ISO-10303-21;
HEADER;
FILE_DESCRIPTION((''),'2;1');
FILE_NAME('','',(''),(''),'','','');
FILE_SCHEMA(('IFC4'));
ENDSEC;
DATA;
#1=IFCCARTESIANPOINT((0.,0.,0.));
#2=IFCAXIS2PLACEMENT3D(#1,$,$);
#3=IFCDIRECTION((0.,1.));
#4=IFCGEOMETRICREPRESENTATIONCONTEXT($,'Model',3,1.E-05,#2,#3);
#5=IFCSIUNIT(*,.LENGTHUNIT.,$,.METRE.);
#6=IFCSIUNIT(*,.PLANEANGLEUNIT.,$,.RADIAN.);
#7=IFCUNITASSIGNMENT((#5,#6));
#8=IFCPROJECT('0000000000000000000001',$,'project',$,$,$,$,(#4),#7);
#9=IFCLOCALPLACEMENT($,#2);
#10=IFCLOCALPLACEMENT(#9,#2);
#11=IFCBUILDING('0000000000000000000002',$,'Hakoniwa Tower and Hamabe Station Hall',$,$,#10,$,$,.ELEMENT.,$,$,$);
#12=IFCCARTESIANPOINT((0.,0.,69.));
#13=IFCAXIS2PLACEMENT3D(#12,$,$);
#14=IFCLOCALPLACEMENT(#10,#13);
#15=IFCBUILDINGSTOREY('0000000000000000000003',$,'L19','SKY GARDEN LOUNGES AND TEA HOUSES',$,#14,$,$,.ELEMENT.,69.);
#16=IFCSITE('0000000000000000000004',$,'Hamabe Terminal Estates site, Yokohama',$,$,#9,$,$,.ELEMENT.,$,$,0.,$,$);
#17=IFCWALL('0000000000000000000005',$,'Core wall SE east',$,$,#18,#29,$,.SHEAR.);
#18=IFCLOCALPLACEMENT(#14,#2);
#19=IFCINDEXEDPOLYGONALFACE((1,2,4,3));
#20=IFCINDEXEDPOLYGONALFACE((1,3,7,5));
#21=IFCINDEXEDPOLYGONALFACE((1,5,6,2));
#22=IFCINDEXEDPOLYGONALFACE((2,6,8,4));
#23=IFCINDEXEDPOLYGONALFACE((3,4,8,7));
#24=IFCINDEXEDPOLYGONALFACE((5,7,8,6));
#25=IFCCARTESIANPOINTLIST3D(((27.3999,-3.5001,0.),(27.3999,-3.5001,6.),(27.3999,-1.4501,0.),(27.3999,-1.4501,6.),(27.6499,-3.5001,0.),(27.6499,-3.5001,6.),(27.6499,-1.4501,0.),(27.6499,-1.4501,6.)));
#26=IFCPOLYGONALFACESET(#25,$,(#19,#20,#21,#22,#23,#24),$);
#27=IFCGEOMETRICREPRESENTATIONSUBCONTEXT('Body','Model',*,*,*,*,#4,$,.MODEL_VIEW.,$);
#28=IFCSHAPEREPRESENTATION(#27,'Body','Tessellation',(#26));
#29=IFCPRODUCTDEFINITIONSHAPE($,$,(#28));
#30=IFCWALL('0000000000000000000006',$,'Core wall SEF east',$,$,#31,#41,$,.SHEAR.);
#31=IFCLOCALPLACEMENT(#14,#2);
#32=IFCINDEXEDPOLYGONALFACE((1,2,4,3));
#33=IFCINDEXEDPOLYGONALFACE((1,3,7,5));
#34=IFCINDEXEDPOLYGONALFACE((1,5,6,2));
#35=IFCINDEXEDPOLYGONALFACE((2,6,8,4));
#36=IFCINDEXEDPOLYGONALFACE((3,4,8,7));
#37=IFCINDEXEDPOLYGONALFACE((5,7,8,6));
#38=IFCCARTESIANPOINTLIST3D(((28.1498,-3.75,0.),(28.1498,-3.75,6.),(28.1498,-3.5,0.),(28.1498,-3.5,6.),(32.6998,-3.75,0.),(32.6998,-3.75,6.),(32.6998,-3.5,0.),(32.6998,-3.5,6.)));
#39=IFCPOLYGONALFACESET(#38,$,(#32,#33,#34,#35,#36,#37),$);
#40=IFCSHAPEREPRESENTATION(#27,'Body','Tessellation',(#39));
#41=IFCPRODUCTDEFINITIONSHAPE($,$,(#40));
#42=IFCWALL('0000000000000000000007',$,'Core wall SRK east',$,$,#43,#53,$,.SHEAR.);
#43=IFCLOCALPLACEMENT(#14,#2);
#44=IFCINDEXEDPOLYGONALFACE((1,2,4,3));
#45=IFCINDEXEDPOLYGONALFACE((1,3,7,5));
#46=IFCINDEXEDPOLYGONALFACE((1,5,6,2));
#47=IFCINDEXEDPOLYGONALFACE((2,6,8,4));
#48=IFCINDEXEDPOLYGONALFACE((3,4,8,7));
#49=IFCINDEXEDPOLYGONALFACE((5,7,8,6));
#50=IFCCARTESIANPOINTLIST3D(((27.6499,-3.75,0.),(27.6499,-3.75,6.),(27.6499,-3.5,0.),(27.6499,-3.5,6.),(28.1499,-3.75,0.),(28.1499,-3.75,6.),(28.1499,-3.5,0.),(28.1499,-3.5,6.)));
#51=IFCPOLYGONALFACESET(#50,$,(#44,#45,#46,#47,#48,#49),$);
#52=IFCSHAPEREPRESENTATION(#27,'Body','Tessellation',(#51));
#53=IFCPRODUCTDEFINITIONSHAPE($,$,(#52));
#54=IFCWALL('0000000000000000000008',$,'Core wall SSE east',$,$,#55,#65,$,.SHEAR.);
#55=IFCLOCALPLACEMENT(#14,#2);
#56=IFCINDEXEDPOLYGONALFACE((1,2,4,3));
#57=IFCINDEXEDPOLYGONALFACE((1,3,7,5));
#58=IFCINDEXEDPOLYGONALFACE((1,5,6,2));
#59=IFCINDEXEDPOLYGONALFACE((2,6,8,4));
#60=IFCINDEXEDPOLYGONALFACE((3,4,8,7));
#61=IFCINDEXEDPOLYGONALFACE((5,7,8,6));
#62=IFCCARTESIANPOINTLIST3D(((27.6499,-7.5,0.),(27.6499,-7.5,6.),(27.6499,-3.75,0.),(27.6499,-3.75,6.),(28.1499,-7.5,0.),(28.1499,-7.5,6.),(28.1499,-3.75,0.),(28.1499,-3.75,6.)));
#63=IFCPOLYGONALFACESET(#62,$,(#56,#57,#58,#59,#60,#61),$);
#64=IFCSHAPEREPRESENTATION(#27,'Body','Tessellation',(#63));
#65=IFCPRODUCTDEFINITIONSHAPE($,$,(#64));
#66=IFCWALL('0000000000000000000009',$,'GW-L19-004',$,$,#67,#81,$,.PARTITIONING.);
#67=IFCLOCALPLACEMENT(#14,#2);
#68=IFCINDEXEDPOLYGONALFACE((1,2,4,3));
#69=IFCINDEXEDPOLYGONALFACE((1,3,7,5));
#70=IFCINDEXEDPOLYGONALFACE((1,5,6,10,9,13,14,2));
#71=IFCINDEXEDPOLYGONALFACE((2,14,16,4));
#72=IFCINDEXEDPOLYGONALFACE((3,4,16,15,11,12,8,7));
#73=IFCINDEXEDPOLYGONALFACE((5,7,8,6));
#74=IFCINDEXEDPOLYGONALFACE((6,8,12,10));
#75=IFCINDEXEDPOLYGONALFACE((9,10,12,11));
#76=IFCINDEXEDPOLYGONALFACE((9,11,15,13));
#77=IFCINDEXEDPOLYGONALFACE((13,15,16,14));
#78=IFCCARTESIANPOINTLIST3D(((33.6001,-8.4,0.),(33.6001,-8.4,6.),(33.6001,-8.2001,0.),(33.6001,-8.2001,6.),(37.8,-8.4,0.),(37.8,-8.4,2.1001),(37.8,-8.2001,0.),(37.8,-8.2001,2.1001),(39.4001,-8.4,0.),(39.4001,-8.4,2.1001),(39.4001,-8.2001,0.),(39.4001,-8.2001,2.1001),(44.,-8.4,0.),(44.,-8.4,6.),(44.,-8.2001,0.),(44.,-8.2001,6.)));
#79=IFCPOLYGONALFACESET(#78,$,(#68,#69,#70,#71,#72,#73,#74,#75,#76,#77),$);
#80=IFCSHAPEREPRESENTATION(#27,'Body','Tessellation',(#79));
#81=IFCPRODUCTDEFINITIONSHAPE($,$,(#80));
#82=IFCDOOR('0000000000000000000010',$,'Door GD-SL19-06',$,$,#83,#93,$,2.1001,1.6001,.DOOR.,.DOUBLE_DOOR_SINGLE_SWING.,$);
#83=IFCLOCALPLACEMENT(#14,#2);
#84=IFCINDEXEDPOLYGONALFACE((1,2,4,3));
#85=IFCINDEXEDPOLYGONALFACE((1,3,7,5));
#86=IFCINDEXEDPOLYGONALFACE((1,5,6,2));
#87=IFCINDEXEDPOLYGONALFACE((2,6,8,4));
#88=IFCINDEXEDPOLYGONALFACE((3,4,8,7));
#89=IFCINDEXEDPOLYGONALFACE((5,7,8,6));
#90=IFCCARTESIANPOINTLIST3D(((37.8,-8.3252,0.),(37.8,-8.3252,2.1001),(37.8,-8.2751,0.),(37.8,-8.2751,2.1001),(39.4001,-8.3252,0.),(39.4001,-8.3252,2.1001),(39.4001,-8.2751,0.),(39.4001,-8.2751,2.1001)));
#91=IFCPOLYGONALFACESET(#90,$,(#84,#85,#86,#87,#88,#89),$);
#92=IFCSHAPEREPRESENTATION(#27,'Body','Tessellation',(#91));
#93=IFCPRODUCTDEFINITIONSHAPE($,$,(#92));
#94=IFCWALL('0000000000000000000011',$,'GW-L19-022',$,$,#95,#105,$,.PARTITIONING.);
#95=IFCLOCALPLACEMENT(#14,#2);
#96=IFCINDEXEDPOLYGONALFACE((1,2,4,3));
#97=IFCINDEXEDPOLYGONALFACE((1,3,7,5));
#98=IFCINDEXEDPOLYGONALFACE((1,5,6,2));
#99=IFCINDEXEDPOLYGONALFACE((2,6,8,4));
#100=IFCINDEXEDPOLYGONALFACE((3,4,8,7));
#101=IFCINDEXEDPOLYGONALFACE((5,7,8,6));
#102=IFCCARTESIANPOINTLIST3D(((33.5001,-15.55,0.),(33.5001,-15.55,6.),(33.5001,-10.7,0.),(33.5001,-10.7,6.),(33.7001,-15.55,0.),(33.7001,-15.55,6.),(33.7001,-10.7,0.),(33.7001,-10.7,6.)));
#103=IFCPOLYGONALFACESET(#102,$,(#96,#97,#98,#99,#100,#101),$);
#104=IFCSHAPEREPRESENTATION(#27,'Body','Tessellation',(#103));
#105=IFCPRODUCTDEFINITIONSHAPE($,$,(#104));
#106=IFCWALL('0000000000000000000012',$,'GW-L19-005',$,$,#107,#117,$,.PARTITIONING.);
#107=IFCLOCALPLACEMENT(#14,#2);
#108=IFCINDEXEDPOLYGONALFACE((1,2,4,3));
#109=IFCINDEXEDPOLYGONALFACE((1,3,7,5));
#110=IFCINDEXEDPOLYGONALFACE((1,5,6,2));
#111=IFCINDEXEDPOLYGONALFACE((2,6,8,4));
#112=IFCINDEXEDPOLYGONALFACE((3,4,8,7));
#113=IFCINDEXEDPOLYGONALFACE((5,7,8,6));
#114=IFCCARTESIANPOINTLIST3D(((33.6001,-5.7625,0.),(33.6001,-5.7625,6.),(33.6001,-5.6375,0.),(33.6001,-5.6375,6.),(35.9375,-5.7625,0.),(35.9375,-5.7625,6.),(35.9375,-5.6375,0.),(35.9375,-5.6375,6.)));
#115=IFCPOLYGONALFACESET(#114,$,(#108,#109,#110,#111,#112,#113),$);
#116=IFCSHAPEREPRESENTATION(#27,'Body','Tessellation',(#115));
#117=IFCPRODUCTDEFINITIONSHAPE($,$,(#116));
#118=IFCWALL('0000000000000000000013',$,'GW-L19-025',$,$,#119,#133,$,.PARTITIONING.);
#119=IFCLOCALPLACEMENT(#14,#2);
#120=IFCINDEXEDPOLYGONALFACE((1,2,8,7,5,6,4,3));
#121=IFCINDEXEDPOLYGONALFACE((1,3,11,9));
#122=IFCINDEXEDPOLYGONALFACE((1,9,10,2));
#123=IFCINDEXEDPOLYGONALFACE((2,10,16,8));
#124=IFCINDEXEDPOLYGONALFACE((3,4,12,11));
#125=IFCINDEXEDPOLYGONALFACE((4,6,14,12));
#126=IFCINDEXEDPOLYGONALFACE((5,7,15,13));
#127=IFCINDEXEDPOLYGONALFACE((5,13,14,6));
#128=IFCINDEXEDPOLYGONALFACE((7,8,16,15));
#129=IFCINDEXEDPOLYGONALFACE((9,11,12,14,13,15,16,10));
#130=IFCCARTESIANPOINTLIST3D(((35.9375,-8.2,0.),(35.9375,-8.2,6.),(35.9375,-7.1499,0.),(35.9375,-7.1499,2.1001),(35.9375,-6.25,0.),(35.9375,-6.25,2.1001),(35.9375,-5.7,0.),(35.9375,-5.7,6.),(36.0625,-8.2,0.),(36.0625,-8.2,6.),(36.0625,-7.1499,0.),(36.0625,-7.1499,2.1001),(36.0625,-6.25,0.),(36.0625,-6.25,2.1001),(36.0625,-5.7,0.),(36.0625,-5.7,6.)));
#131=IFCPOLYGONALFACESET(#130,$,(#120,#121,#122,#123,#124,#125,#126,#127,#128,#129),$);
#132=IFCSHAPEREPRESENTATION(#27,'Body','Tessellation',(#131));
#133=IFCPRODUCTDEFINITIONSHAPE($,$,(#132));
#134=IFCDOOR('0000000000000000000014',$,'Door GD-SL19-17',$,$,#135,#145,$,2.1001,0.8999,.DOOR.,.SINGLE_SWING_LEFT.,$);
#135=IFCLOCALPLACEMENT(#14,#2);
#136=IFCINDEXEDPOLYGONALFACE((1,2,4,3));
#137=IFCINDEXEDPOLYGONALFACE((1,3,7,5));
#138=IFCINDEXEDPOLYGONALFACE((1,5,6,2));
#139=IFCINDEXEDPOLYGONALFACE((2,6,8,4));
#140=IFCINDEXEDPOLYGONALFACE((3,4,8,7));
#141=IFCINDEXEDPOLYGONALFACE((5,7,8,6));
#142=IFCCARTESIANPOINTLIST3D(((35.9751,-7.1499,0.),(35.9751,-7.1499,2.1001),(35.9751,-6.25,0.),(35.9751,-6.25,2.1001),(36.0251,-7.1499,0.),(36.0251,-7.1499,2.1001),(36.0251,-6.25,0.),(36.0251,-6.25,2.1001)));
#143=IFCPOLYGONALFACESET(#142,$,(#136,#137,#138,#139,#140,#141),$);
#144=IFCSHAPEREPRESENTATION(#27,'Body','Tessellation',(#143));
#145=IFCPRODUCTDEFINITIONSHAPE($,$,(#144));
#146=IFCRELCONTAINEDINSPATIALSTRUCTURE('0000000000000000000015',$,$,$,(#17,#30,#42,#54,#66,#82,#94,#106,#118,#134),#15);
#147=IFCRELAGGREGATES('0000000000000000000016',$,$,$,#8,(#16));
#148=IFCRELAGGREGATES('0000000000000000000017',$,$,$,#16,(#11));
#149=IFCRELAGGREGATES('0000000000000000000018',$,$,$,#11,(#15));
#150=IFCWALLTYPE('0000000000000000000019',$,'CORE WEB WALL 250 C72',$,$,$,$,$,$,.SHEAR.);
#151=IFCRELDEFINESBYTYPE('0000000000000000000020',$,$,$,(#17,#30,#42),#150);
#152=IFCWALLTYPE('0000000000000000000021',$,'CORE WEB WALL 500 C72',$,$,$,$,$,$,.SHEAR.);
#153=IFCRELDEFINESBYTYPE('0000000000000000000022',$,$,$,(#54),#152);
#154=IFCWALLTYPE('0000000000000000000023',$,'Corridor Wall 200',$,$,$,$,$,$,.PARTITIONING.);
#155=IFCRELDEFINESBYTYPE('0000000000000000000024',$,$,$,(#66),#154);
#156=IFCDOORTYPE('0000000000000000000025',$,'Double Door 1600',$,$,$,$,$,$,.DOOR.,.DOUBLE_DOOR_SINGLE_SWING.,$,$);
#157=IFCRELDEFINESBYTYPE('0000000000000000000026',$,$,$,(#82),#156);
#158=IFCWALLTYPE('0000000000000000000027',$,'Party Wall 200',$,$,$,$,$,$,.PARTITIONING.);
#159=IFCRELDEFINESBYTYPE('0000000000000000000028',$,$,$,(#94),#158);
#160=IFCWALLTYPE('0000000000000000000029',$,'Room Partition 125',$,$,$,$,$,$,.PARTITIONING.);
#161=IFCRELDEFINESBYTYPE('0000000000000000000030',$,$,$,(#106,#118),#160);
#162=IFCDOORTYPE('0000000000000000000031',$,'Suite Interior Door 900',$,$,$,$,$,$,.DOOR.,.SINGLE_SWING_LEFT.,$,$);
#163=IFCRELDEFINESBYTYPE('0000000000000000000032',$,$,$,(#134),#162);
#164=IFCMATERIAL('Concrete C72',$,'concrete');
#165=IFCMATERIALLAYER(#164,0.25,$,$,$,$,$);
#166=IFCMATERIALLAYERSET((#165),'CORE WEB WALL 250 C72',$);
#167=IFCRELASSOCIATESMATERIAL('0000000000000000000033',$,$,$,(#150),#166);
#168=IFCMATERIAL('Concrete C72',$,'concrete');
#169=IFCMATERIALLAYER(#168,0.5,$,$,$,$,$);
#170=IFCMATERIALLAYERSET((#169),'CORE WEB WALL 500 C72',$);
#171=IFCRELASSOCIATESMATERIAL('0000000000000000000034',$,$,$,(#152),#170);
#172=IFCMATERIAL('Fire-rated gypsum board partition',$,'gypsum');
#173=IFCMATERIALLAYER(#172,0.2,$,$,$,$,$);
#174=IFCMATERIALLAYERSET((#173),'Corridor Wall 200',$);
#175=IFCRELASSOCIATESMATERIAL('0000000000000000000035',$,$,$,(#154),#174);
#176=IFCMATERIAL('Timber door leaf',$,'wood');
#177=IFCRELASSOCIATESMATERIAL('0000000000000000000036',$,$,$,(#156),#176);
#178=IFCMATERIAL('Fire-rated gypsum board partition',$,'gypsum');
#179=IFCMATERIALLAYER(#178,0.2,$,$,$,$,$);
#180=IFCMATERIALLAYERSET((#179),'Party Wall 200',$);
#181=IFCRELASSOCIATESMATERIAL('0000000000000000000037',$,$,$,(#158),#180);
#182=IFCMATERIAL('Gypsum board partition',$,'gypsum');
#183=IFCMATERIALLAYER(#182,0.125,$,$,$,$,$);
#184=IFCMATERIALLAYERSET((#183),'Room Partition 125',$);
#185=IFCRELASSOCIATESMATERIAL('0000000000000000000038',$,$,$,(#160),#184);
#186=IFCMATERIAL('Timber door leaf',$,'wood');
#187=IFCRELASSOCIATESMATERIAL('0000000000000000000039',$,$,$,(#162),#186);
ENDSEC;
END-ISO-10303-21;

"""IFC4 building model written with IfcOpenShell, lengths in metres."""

from ifc_helpers import new_model, si_unit, direction, frame, frame_2d, origin, place, context, subcontext, project, spatial, rectangle, extrude, material, layer, layer_set, type_object, element, fill, save


model = new_model("IFC4")

# Units and contexts
model_context = context("Model", 3, precision=1e-05, world=origin(), true_north=direction((0.0, 1.0)))
body_context = subcontext(model_context, "Body", "Model", "MODEL_VIEW")
ifc_project = project(units=[si_unit("LENGTHUNIT", "METRE"), si_unit("PLANEANGLEUNIT", "RADIAN")], contexts=[model_context])

# Site, building, storey
site_placement = place(None, origin())
site = spatial("IfcSite", under=ifc_project, at=site_placement, Name="Hamabe Terminal Estates site, Yokohama", CompositionType="ELEMENT", RefElevation=0.0)
building_placement = place(site_placement, origin())
building = spatial("IfcBuilding", under=site, at=building_placement, Name="Hakoniwa Tower and Hamabe Station Hall", CompositionType="ELEMENT")
storey_placement = place(building_placement, frame((0.0, 0.0, 69.0)))
storey = spatial("IfcBuildingStorey", under=building, at=storey_placement, Name="L19", Description="SKY GARDEN LOUNGES AND TEA HOUSES", CompositionType="ELEMENT", Elevation=69.0)

# Walls
ifc_material_1 = material(Name="Concrete C72", Category="concrete")
ifc_layer_1 = layer(ifc_material_1, 0.25)
ifc_layer_set_1 = layer_set([ifc_layer_1], Name="CORE WEB WALL 250 C72")
wall_type_1 = type_object("IfcWallType", Name="CORE WEB WALL 250 C72", PredefinedType="SHEAR", material=ifc_layer_set_1)
wall_1_placement = place(storey_placement, frame((27.5249, -3.5, 0.0), z_axis=(0.0, 0.0, 1.0), x_axis=(0.0, 1.0, 0.0)))
element("IfcWall", 1, at=wall_1_placement, inside=storey, type_object=wall_type_1, Name="Core wall SE east", PredefinedType="SHEAR", context=body_context, shape_type="SweptSolid", body=[
    extrude(rectangle(XDim=2.05, YDim=0.25, at=frame_2d((1.0249, 0.0))), origin(), (0.0, 0.0, 1.0), 6.0),
])
wall_2_placement = place(storey_placement, frame((28.1499, -3.625, 0.0), z_axis=(0.0, 0.0, 1.0), x_axis=(1.0, 0.0, 0.0)))
element("IfcWall", 2, at=wall_2_placement, inside=storey, type_object=wall_type_1, Name="Core wall SEF east", PredefinedType="SHEAR", context=body_context, shape_type="SweptSolid", body=[
    extrude(rectangle(XDim=4.55, YDim=0.25, at=frame_2d((2.2749, 0.0))), origin(), (0.0, 0.0, 1.0), 6.0),
])
wall_3_placement = place(storey_placement, frame((27.6499, -3.625, 0.0), z_axis=(0.0, 0.0, 1.0), x_axis=(1.0, 0.0, 0.0)))
element("IfcWall", 3, at=wall_3_placement, inside=storey, type_object=wall_type_1, Name="Core wall SRK east", PredefinedType="SHEAR", context=body_context, shape_type="SweptSolid", body=[
    extrude(rectangle(XDim=0.5, YDim=0.25, at=frame_2d((0.25, 0.0))), origin(), (0.0, 0.0, 1.0), 6.0),
])
ifc_material_2 = material(Name="Concrete C72", Category="concrete")
ifc_layer_2 = layer(ifc_material_2, 0.5)
ifc_layer_set_2 = layer_set([ifc_layer_2], Name="CORE WEB WALL 500 C72")
wall_type_2 = type_object("IfcWallType", Name="CORE WEB WALL 500 C72", PredefinedType="SHEAR", material=ifc_layer_set_2)
wall_4_placement = place(storey_placement, frame((27.8999, -7.5, 0.0), z_axis=(0.0, 0.0, 1.0), x_axis=(0.0, 1.0, 0.0)))
element("IfcWall", 4, at=wall_4_placement, inside=storey, type_object=wall_type_2, Name="Core wall SSE east", PredefinedType="SHEAR", context=body_context, shape_type="SweptSolid", body=[
    extrude(rectangle(XDim=3.75, YDim=0.5, at=frame_2d((1.875, 0.0))), origin(), (0.0, 0.0, 1.0), 6.0),
])

# Wall, opening, door
ifc_material_3 = material(Name="Fire-rated gypsum board partition", Category="gypsum")
ifc_layer_3 = layer(ifc_material_3, 0.2)
ifc_layer_set_3 = layer_set([ifc_layer_3], Name="Corridor Wall 200")
wall_type_3 = type_object("IfcWallType", Name="Corridor Wall 200", PredefinedType="PARTITIONING", material=ifc_layer_set_3)
wall_5_placement = place(storey_placement, frame((33.6001, -8.3, 0.0), z_axis=(0.0, 0.0, 1.0), x_axis=(1.0, 0.0, 0.0)))
wall_5 = element("IfcWall", 5, at=wall_5_placement, inside=storey, type_object=wall_type_3, Name="GW-L19-004", PredefinedType="PARTITIONING", context=body_context, shape_type="SweptSolid", body=[
    extrude(rectangle(XDim=10.3999, YDim=0.2, at=frame_2d((5.2, 0.0))), origin(), (0.0, 0.0, 1.0), 6.0),
])
opening_1_placement = place(wall_5_placement, frame((4.2, 0.0, 0.0)))
opening_1 = element("IfcOpeningElement", 6, at=opening_1_placement, cuts=wall_5, PredefinedType="OPENING", context=body_context, shape_type="SweptSolid", body=[
    extrude(rectangle(XDim=1.6001, YDim=2.1001, at=frame_2d((0.8, 1.05))), frame((0.0, 0.1099, 0.0), z_axis=(0.0, -1.0, 0.0), x_axis=(1.0, 0.0, 0.0)), (0.0, 0.0, 1.0), 0.22),
])
ifc_material_4 = material(Name="Timber door leaf", Category="wood")
door_type_1 = type_object("IfcDoorType", Name="Double Door 1600", OperationType="DOUBLE_DOOR_SINGLE_SWING", PredefinedType="DOOR", material=ifc_material_4)
door_1_placement = place(opening_1_placement, origin())
door_1 = element("IfcDoor", 7, at=door_1_placement, inside=storey, type_object=door_type_1, Name="Door GD-SL19-06", OperationType="DOUBLE_DOOR_SINGLE_SWING", OverallHeight=2.1001, OverallWidth=1.6001, PredefinedType="DOOR", context=body_context, shape_type="SweptSolid", body=[
    extrude(rectangle(XDim=1.6001, YDim=2.1001, at=frame_2d((0.8, 1.05))), frame((0.0, 0.0249, 0.0), z_axis=(0.0, -1.0, 0.0), x_axis=(1.0, 0.0, 0.0)), (0.0, 0.0, 1.0), 0.05),
])
fill(opening_1, door_1)

# Walls
ifc_material_5 = material(Name="Fire-rated gypsum board partition", Category="gypsum")
ifc_layer_4 = layer(ifc_material_5, 0.2)
ifc_layer_set_4 = layer_set([ifc_layer_4], Name="Party Wall 200")
wall_type_4 = type_object("IfcWallType", Name="Party Wall 200", PredefinedType="PARTITIONING", material=ifc_layer_set_4)
wall_6_placement = place(storey_placement, frame((33.6001, -15.55, 0.0), z_axis=(0.0, 0.0, 1.0), x_axis=(0.0, 1.0, 0.0)))
element("IfcWall", 8, at=wall_6_placement, inside=storey, type_object=wall_type_4, Name="GW-L19-022", PredefinedType="PARTITIONING", context=body_context, shape_type="SweptSolid", body=[
    extrude(rectangle(XDim=4.8501, YDim=0.2, at=frame_2d((2.425, 0.0))), origin(), (0.0, 0.0, 1.0), 6.0),
])
ifc_material_6 = material(Name="Gypsum board partition", Category="gypsum")
ifc_layer_5 = layer(ifc_material_6, 0.125)
ifc_layer_set_5 = layer_set([ifc_layer_5], Name="Room Partition 125")
wall_type_5 = type_object("IfcWallType", Name="Room Partition 125", PredefinedType="PARTITIONING", material=ifc_layer_set_5)
wall_7_placement = place(storey_placement, frame((33.6001, -5.7, 0.0), z_axis=(0.0, 0.0, 1.0), x_axis=(1.0, 0.0, 0.0)))
element("IfcWall", 9, at=wall_7_placement, inside=storey, type_object=wall_type_5, Name="GW-L19-005", PredefinedType="PARTITIONING", context=body_context, shape_type="SweptSolid", body=[
    extrude(rectangle(XDim=2.3374, YDim=0.125, at=frame_2d((1.1687, 0.0))), origin(), (0.0, 0.0, 1.0), 6.0),
])

# Wall, opening, door
wall_8_placement = place(storey_placement, frame((36.0, -8.2, 0.0), z_axis=(0.0, 0.0, 1.0), x_axis=(0.0, 1.0, 0.0)))
wall_8 = element("IfcWall", 10, at=wall_8_placement, inside=storey, type_object=wall_type_5, Name="GW-L19-025", PredefinedType="PARTITIONING", context=body_context, shape_type="SweptSolid", body=[
    extrude(rectangle(XDim=2.5, YDim=0.125, at=frame_2d((1.25, 0.0))), origin(), (0.0, 0.0, 1.0), 6.0),
])
opening_2_placement = place(wall_8_placement, frame((1.05, 0.0, 0.0)))
opening_2 = element("IfcOpeningElement", 11, at=opening_2_placement, cuts=wall_8, PredefinedType="OPENING", context=body_context, shape_type="SweptSolid", body=[
    extrude(rectangle(XDim=0.8999, YDim=2.1001, at=frame_2d((0.45, 1.05))), frame((0.0, 0.0725, 0.0), z_axis=(0.0, -1.0, 0.0), x_axis=(1.0, 0.0, 0.0)), (0.0, 0.0, 1.0), 0.145),
])
ifc_material_7 = material(Name="Timber door leaf", Category="wood")
door_type_2 = type_object("IfcDoorType", Name="Suite Interior Door 900", OperationType="SINGLE_SWING_LEFT", PredefinedType="DOOR", material=ifc_material_7)
door_2_placement = place(opening_2_placement, origin())
door_2 = element("IfcDoor", 12, at=door_2_placement, inside=storey, type_object=door_type_2, Name="Door GD-SL19-17", OperationType="SINGLE_SWING_LEFT", OverallHeight=2.1001, OverallWidth=0.8999, PredefinedType="DOOR", context=body_context, shape_type="SweptSolid", body=[
    extrude(rectangle(XDim=0.8999, YDim=2.1001, at=frame_2d((0.45, 1.05))), frame((0.0, 0.0249, 0.0), z_axis=(0.0, -1.0, 0.0), x_axis=(1.0, 0.0, 0.0)), (0.0, 0.0, 1.0), 0.05),
])
fill(opening_2, door_2)

save(model, "model.ifc")
